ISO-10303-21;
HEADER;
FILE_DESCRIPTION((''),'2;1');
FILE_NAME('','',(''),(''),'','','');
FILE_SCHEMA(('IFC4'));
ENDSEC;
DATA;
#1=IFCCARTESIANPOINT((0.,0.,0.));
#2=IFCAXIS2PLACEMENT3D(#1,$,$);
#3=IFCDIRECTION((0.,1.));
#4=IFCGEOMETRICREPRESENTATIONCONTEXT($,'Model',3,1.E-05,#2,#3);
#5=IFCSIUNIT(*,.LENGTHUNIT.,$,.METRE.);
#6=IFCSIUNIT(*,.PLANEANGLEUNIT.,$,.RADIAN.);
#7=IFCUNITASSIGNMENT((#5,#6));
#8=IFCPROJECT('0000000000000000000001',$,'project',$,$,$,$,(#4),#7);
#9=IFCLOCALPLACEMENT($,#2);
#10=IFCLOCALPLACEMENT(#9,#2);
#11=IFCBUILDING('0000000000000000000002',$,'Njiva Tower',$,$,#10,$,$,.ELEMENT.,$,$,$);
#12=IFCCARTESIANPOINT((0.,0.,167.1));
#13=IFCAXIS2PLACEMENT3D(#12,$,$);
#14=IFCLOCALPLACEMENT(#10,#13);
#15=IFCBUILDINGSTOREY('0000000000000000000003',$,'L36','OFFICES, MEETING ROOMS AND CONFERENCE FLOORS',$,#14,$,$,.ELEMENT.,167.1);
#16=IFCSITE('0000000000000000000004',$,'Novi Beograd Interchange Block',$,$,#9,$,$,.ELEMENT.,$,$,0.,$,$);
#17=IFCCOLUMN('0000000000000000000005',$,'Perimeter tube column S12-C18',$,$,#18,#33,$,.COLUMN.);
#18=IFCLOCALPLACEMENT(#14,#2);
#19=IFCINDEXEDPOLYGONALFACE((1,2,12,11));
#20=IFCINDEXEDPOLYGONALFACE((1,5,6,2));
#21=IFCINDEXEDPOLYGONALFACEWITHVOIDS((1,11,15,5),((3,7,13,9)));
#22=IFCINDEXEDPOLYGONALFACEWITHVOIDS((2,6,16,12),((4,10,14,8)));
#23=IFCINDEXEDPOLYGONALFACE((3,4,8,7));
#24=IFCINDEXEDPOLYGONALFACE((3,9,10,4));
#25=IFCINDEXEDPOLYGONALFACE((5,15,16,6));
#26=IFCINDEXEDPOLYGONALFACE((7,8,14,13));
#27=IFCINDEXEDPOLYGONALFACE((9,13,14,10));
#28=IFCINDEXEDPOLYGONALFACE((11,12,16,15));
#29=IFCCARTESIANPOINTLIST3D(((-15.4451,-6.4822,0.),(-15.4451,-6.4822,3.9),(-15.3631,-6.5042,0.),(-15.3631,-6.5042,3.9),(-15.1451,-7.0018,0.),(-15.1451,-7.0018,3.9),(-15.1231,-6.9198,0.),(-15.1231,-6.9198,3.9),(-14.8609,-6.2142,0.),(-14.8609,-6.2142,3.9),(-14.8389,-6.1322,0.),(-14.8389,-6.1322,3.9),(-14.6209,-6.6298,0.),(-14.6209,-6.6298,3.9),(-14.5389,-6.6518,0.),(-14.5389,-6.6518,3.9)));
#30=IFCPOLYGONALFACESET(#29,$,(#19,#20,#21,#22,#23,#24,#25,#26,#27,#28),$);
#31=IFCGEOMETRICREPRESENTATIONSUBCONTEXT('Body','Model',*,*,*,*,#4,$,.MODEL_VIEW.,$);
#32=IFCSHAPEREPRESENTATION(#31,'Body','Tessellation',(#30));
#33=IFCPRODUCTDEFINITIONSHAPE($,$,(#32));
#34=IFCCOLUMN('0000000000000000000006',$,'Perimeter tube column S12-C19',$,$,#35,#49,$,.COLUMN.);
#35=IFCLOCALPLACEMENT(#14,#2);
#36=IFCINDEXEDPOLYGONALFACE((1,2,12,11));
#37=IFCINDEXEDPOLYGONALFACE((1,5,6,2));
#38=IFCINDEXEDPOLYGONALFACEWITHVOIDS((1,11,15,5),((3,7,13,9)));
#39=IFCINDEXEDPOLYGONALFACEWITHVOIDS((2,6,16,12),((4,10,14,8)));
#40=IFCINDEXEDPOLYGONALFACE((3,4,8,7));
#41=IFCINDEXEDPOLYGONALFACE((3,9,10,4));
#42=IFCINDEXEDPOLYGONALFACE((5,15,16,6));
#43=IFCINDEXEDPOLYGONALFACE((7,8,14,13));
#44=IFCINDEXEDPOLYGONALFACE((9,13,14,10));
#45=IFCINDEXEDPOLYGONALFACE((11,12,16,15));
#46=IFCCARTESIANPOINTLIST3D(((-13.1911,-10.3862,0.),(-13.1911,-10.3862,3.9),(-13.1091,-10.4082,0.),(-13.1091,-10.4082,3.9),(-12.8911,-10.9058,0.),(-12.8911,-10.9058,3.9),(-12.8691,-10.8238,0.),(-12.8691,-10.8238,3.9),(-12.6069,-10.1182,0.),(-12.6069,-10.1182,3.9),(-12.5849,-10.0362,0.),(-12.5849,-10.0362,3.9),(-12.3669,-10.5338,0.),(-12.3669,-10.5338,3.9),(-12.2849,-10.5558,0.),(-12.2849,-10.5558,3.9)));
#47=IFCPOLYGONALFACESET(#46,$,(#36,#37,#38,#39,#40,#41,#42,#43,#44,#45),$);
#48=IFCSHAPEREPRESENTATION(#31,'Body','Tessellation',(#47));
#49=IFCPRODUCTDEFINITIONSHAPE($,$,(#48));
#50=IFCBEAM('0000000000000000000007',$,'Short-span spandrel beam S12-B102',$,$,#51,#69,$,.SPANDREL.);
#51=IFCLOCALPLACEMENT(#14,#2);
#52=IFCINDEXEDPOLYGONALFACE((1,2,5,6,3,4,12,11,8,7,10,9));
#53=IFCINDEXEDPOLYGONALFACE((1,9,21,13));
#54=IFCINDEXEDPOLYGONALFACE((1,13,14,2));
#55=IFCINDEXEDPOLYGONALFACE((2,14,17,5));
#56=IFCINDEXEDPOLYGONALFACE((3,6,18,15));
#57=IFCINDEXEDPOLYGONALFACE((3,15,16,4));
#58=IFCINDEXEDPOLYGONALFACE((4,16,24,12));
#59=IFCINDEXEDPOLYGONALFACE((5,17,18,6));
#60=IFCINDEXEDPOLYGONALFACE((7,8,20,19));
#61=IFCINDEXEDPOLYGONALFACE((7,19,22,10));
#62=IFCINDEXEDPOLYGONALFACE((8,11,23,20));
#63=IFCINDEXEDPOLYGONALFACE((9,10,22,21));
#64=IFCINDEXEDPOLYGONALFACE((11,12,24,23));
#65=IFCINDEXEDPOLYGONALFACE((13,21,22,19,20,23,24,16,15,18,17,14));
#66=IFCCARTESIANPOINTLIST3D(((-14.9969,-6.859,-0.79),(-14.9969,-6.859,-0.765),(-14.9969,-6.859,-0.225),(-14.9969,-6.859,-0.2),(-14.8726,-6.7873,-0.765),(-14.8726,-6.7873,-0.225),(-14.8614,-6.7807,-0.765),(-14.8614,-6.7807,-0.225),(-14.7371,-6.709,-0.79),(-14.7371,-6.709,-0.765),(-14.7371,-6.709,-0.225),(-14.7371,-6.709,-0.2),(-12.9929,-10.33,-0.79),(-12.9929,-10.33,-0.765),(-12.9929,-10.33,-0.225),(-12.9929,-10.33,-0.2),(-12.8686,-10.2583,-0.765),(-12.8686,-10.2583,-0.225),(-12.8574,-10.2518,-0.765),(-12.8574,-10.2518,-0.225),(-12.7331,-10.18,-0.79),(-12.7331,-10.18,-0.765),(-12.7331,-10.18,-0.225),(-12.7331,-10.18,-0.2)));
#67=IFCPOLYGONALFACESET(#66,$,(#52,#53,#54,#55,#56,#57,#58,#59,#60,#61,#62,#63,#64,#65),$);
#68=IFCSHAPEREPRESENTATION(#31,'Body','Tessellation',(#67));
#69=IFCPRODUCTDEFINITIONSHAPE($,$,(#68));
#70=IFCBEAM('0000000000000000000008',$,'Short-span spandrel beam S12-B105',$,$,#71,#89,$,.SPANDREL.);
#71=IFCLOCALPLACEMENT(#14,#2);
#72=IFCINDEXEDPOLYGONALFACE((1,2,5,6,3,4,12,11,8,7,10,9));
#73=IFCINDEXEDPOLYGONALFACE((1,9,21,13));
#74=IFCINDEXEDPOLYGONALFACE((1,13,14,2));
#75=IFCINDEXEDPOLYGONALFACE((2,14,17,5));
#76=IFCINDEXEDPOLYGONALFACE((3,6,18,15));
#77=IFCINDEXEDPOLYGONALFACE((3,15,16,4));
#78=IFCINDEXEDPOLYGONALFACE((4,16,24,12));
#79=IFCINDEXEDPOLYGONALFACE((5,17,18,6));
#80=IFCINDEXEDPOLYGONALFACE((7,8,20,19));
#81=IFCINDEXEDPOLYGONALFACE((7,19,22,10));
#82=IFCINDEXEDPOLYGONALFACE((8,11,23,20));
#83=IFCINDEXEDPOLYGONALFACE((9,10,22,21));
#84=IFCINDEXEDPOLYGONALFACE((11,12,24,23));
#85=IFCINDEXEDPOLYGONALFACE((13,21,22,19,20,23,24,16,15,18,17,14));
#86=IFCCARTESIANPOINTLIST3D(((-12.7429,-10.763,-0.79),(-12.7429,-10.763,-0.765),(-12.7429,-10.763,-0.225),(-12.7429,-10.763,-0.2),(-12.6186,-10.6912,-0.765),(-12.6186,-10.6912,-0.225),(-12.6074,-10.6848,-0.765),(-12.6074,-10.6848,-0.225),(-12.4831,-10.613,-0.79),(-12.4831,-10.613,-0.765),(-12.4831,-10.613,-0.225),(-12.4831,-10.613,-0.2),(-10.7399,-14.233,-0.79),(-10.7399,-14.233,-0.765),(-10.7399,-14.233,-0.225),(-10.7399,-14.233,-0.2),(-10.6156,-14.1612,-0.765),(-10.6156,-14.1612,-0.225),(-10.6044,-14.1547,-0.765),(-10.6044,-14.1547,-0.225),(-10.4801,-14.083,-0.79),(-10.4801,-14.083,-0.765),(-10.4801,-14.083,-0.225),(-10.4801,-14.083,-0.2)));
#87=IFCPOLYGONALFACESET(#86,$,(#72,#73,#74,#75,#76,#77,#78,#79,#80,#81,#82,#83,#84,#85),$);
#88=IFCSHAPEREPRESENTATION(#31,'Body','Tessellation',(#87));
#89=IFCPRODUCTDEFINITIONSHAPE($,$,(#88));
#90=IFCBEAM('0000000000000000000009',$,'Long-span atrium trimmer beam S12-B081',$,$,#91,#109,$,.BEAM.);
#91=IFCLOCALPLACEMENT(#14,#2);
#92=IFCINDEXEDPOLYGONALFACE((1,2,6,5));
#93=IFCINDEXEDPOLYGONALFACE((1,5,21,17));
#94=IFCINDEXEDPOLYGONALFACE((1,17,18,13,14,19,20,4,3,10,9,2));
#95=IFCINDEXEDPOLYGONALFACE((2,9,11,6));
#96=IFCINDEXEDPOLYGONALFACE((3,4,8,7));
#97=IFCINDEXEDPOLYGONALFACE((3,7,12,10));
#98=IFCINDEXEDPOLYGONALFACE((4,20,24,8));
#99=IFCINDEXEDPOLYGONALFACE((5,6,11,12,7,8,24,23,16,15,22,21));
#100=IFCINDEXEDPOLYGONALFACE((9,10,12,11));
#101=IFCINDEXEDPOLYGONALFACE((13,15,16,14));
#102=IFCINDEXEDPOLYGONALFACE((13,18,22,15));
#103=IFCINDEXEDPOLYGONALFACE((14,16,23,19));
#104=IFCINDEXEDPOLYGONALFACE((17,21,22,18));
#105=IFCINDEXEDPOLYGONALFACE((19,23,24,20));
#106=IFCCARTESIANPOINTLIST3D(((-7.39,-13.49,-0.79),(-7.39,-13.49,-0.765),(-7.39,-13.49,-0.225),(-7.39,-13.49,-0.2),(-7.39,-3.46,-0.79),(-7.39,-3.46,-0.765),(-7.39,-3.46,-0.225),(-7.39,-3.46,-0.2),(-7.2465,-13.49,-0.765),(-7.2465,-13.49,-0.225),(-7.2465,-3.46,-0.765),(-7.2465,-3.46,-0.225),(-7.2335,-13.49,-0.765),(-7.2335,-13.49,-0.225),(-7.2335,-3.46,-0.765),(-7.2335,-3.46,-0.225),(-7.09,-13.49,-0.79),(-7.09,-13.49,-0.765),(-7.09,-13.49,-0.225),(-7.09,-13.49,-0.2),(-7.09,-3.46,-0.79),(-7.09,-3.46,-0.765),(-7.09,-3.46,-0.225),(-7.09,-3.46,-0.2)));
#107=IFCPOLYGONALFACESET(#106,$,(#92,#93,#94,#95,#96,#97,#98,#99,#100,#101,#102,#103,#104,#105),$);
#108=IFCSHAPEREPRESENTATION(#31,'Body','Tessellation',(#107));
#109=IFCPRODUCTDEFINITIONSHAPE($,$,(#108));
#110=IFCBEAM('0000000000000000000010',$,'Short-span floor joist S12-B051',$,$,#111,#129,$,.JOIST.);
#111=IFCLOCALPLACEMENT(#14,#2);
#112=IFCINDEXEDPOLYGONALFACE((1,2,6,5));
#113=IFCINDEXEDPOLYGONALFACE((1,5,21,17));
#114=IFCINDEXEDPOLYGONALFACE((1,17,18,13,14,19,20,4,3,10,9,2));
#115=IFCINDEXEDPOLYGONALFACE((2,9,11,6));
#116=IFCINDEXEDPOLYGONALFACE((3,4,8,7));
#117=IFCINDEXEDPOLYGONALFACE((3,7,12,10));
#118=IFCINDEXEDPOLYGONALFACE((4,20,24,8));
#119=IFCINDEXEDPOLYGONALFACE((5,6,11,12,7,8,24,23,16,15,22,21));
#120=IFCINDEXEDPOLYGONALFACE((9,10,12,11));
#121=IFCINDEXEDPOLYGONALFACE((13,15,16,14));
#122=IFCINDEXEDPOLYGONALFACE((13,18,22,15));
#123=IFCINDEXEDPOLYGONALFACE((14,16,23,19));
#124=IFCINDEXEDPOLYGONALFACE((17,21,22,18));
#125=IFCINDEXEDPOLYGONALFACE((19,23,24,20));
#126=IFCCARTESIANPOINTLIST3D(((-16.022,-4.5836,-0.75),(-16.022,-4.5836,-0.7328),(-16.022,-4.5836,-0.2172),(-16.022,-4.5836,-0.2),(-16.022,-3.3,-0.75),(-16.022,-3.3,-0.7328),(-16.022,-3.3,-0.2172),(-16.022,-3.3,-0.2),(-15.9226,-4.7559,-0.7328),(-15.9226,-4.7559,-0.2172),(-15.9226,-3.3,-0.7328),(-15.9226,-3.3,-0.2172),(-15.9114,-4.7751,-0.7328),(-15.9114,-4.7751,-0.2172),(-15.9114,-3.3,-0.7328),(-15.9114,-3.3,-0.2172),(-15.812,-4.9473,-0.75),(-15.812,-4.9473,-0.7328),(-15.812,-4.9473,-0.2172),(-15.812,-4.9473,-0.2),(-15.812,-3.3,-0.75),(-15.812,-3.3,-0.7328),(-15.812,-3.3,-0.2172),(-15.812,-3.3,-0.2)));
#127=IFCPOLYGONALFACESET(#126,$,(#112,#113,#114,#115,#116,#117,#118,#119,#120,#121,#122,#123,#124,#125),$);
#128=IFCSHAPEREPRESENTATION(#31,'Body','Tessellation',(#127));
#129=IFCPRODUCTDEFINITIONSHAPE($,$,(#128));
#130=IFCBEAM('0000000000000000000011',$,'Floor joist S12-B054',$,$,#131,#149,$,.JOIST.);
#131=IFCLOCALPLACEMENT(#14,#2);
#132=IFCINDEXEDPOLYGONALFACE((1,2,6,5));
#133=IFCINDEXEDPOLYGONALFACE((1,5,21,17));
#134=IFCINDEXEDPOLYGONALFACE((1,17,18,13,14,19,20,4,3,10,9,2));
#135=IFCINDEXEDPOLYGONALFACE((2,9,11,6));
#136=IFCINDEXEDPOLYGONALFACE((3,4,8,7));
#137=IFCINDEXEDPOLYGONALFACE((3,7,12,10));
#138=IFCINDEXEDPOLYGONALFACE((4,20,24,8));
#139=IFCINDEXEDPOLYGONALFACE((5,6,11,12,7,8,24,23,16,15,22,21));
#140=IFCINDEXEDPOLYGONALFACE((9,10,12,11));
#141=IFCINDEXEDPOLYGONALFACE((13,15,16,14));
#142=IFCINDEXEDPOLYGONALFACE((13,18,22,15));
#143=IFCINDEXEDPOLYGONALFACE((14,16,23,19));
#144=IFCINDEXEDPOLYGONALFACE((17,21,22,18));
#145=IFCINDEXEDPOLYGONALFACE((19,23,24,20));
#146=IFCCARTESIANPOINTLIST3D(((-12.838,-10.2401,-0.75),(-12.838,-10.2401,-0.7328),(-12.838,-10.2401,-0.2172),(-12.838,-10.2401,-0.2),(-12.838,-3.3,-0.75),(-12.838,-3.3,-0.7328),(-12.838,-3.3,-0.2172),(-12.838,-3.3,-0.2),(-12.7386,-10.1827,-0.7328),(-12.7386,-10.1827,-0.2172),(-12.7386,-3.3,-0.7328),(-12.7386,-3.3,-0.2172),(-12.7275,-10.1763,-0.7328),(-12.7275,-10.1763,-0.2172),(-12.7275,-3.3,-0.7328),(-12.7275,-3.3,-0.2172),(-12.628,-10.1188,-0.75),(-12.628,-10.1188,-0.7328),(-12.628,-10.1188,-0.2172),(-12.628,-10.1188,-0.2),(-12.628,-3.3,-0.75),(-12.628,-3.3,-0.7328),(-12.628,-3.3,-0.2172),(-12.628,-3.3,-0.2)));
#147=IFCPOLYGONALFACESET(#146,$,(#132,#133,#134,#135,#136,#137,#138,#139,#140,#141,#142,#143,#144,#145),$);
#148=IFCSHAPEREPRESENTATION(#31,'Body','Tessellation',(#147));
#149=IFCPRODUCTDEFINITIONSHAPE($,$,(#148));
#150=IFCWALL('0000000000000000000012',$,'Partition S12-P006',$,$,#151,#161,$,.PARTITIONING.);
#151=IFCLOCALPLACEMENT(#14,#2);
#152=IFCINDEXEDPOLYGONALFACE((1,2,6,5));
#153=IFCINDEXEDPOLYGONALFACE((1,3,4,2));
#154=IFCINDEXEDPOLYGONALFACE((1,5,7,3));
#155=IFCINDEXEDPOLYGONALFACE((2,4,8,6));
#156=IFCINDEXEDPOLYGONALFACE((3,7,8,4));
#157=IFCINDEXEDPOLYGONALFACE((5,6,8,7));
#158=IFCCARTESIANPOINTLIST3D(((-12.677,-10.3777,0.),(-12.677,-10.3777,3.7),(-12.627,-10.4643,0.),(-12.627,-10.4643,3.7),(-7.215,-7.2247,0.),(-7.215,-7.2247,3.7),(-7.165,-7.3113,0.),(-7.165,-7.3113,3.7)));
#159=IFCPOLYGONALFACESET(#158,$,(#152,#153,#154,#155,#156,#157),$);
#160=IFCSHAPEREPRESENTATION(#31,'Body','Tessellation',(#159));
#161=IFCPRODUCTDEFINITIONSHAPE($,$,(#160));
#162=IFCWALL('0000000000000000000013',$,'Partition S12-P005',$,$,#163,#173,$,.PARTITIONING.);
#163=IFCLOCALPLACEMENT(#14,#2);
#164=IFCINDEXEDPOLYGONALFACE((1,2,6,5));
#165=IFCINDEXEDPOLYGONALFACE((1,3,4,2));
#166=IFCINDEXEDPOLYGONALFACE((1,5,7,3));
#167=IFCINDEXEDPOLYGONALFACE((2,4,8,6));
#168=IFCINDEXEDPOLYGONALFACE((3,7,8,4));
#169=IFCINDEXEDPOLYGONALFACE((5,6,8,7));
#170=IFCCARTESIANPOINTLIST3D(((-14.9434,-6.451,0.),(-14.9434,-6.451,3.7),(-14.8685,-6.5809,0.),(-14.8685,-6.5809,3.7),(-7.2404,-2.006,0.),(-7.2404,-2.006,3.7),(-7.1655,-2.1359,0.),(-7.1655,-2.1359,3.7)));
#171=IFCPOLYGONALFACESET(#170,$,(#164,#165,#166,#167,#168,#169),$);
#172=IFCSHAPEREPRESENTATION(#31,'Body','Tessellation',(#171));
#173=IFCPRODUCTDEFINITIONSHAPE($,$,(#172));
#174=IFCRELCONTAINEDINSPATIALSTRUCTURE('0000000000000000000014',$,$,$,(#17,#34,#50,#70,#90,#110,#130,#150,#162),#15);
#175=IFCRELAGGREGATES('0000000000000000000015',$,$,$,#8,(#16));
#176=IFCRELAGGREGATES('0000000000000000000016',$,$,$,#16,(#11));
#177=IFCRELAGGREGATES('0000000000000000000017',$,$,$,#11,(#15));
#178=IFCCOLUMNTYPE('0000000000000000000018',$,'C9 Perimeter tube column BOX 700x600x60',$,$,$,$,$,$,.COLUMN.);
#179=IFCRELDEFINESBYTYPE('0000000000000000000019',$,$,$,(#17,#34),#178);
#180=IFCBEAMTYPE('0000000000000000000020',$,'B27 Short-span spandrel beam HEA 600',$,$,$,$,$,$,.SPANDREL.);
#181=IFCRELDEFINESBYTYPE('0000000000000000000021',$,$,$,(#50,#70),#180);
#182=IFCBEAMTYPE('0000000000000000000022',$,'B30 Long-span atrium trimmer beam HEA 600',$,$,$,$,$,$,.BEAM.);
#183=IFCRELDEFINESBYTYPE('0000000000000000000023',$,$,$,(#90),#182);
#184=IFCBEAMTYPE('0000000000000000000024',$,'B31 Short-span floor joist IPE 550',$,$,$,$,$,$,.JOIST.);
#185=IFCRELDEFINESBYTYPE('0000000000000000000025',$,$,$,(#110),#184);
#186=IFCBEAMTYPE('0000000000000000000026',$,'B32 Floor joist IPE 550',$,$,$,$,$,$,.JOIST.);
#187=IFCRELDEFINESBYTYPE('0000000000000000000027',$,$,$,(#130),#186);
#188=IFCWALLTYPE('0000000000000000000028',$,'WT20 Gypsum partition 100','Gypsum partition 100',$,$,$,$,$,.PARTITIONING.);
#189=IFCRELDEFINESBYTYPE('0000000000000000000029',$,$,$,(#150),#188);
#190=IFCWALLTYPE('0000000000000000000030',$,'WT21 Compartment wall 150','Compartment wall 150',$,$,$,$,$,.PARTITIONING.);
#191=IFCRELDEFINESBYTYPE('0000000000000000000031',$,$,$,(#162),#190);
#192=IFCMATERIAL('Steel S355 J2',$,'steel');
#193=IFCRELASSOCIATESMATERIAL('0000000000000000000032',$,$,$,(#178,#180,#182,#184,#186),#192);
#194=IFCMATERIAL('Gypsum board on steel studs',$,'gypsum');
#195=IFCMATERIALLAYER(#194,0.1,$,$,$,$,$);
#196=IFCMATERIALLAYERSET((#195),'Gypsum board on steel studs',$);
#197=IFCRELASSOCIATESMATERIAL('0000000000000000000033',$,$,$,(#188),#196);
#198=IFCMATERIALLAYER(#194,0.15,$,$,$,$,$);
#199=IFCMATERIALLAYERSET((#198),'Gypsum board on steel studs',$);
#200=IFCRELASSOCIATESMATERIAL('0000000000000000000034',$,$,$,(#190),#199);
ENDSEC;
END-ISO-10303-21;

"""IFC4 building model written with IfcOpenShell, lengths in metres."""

from ifc_helpers import new_model, si_unit, direction, frame, frame_2d, origin, origin_2d, place, context, subcontext, project, spatial, rectangle, hollow_rectangle, i_section, extrude, clip, halfspace, material, layer, layer_set, material_profile, profile_set, type_object, element, save


model = new_model("IFC4")

# Units and contexts
model_context = context("Model", 3, precision=1e-05, world=origin(), true_north=direction((0.0, 1.0)))
body_context = subcontext(model_context, "Body", "Model", "MODEL_VIEW")
ifc_project = project(units=[si_unit("LENGTHUNIT", "METRE"), si_unit("PLANEANGLEUNIT", "RADIAN")], contexts=[model_context])

# Site, building, storey
site_placement = place(None, origin())
site = spatial("IfcSite", under=ifc_project, at=site_placement, Name="Novi Beograd Interchange Block", CompositionType="ELEMENT", RefElevation=0.0)
building_placement = place(site_placement, origin())
building = spatial("IfcBuilding", under=site, at=building_placement, Name="Njiva Tower", CompositionType="ELEMENT")
storey_placement = place(building_placement, frame((0.0, 0.0, 167.1)))
storey = spatial("IfcBuildingStorey", under=building, at=storey_placement, Name="L36", Description="OFFICES, MEETING ROOMS AND CONFERENCE FLOORS", CompositionType="ELEMENT", Elevation=167.1)

# Columns
ifc_material_1 = material(Name="Steel S355 J2", Category="steel")
ifc_material_profile_1 = material_profile(ifc_material_1, hollow_rectangle(XDim=0.6, YDim=0.7, WallThickness=0.06, at=origin_2d()), Name="BOX 700x600x60")
ifc_profile_set_1 = profile_set([ifc_material_profile_1], Name="Steel S355 J2")
column_type = type_object("IfcColumnType", Name="C9 Perimeter tube column BOX 700x600x60", PredefinedType="COLUMN", material=ifc_profile_set_1)
for number, where, z_axis, x_axis, name in (
    (1, (-14.992, -6.567, 0.0), (0.0, 0.0, 1.0), (0.5, -0.866025, 0.0), "Perimeter tube column S12-C18"),
    (2, (-12.738, -10.471, 0.0), (0.0, 0.0, 1.0), (0.5, -0.866025, 0.0), "Perimeter tube column S12-C19"),
):
    element("IfcColumn", number, at=place(storey_placement, frame(where, z_axis=z_axis, x_axis=x_axis)), inside=storey, type_object=column_type, Name=name, PredefinedType="COLUMN", context=body_context, shape_type="SweptSolid", body=[
        extrude(hollow_rectangle(XDim=0.6, YDim=0.7, WallThickness=0.06, at=origin_2d()), origin(), (0.0, 0.0, 1.0), 3.9),
    ])

# Beams
ifc_material_profile_2 = material_profile(ifc_material_1, i_section(OverallWidth=0.3, OverallDepth=0.59, WebThickness=0.013, FlangeThickness=0.025, at=origin_2d()), Name="HEA 600")
ifc_profile_set_2 = profile_set([ifc_material_profile_2], Name="Steel S355 J2")
beam_type_1 = type_object("IfcBeamType", Name="B27 Short-span spandrel beam HEA 600", PredefinedType="SPANDREL", material=ifc_profile_set_2)
beam_1_placement = place(storey_placement, frame((-14.867, -6.784, -0.495), z_axis=(0.500003, -0.866024, 0.0), x_axis=(0.866024, 0.500003, 0.0)))
element("IfcBeam", 3, at=beam_1_placement, inside=storey, type_object=beam_type_1, Name="Short-span spandrel beam S12-B102", PredefinedType="SPANDREL", context=body_context, shape_type="SweptSolid", body=[
    extrude(i_section(OverallWidth=0.3, OverallDepth=0.59, WebThickness=0.013, FlangeThickness=0.025, at=origin_2d()), origin(), (0.0, 0.0, 1.0), 4.008),
])
beam_2_placement = place(storey_placement, frame((-12.613, -10.688, -0.495), z_axis=(0.499924, -0.866069, 0.0), x_axis=(0.866069, 0.499924, 0.0)))
element("IfcBeam", 4, at=beam_2_placement, inside=storey, type_object=beam_type_1, Name="Short-span spandrel beam S12-B105", PredefinedType="SPANDREL", context=body_context, shape_type="SweptSolid", body=[
    extrude(i_section(OverallWidth=0.3, OverallDepth=0.59, WebThickness=0.013, FlangeThickness=0.025, at=origin_2d()), origin(), (0.0, 0.0, 1.0), 4.0066),
])
ifc_material_profile_3 = material_profile(ifc_material_1, i_section(OverallWidth=0.3, OverallDepth=0.59, WebThickness=0.013, FlangeThickness=0.025, at=origin_2d()), Name="HEA 600")
ifc_profile_set_3 = profile_set([ifc_material_profile_3], Name="Steel S355 J2")
beam_type_2 = type_object("IfcBeamType", Name="B30 Long-span atrium trimmer beam HEA 600", PredefinedType="BEAM", material=ifc_profile_set_3)
beam_3_placement = place(storey_placement, frame((-7.24, -3.46, -0.495), z_axis=(0.0, -1.0, 0.0), x_axis=(1.0, 0.0, 0.0)))
element("IfcBeam", 5, at=beam_3_placement, inside=storey, type_object=beam_type_2, Name="Long-span atrium trimmer beam S12-B081", PredefinedType="BEAM", context=body_context, shape_type="SweptSolid", body=[
    extrude(i_section(OverallWidth=0.3, OverallDepth=0.59, WebThickness=0.013, FlangeThickness=0.025, at=origin_2d()), origin(), (0.0, 0.0, 1.0), 10.03),
])
ifc_material_profile_4 = material_profile(ifc_material_1, i_section(OverallWidth=0.21, OverallDepth=0.55, WebThickness=0.0111, FlangeThickness=0.0172, at=origin_2d()), Name="IPE 550")
ifc_profile_set_4 = profile_set([ifc_material_profile_4], Name="Steel S355 J2")
beam_type_3 = type_object("IfcBeamType", Name="B31 Short-span floor joist IPE 550", PredefinedType="JOIST", material=ifc_profile_set_4)
beam_4_placement = place(storey_placement, frame((-15.917, -3.3, -0.475), z_axis=(0.0, -1.0, 0.0), x_axis=(1.0, 0.0, 0.0)))
element("IfcBeam", 6, at=beam_4_placement, inside=storey, type_object=beam_type_3, Name="Short-span floor joist S12-B051", PredefinedType="JOIST", context=body_context, shape_type="Clipping", body=[
    clip(extrude(i_section(OverallWidth=0.21, OverallDepth=0.55, WebThickness=0.0111, FlangeThickness=0.0172, at=origin_2d()), origin(), (0.0, 0.0, 1.0), 1.668), halfspace(frame((-0.043, 0.0, 1.391), z_axis=(-0.866027, 0.0, 0.499998), x_axis=(0.0, 1.0, 0.0)), False)),
])
ifc_material_profile_5 = material_profile(ifc_material_1, i_section(OverallWidth=0.21, OverallDepth=0.55, WebThickness=0.0111, FlangeThickness=0.0172, at=origin_2d()), Name="IPE 550")
ifc_profile_set_5 = profile_set([ifc_material_profile_5], Name="Steel S355 J2")
beam_type_4 = type_object("IfcBeamType", Name="B32 Floor joist IPE 550", PredefinedType="JOIST", material=ifc_profile_set_5)
beam_5_placement = place(storey_placement, frame((-12.733, -3.3, -0.475), z_axis=(0.0, -1.0, 0.0), x_axis=(1.0, 0.0, 0.0)))
element("IfcBeam", 7, at=beam_5_placement, inside=storey, type_object=beam_type_4, Name="Floor joist S12-B054", PredefinedType="JOIST", context=body_context, shape_type="Clipping", body=[
    clip(extrude(i_section(OverallWidth=0.21, OverallDepth=0.55, WebThickness=0.0111, FlangeThickness=0.0172, at=origin_2d()), origin(), (0.0, 0.0, 1.0), 6.961), halfspace(frame((0.0247, 0.0, 6.8652), z_axis=(0.499998, 0.0, 0.866027), x_axis=(0.0, 1.0, 0.0)), False)),
])

# Walls
ifc_material_2 = material(Name="Gypsum board on steel studs", Category="gypsum")
ifc_layer_1 = layer(ifc_material_2, 0.1)
ifc_layer_set_1 = layer_set([ifc_layer_1], Name="Gypsum board on steel studs")
wall_type_1 = type_object("IfcWallType", Name="WT20 Gypsum partition 100", Description="Gypsum partition 100", PredefinedType="PARTITIONING", material=ifc_layer_set_1)
wall_1_placement = place(storey_placement, frame((-12.652, -10.421, 0.0), z_axis=(0.0, 0.0, 1.0), x_axis=(0.866059, 0.499942, 0.0)))
element("IfcWall", 8, at=wall_1_placement, inside=storey, type_object=wall_type_1, Name="Partition S12-P006", PredefinedType="PARTITIONING", context=body_context, shape_type="SweptSolid", body=[
    extrude(rectangle(XDim=6.3067, YDim=0.1, at=frame_2d((3.1534, 0.0))), origin(), (0.0, 0.0, 1.0), 3.7),
])
ifc_layer_2 = layer(ifc_material_2, 0.15)
ifc_layer_set_2 = layer_set([ifc_layer_2], Name="Gypsum board on steel studs")
wall_type_2 = type_object("IfcWallType", Name="WT21 Compartment wall 150", Description="Compartment wall 150", PredefinedType="PARTITIONING", material=ifc_layer_set_2)
wall_2_placement = place(storey_placement, frame((-14.906, -6.516, 0.0), z_axis=(0.0, 0.0, 1.0), x_axis=(0.866139, 0.499804, 0.0)))
element("IfcWall", 9, at=wall_2_placement, inside=storey, type_object=wall_type_2, Name="Partition S12-P005", PredefinedType="PARTITIONING", context=body_context, shape_type="SweptSolid", body=[
    extrude(rectangle(XDim=8.8935, YDim=0.15, at=frame_2d((4.4468, 0.0))), origin(), (0.0, 0.0, 1.0), 3.7),
])

save(model, "model.ifc")
